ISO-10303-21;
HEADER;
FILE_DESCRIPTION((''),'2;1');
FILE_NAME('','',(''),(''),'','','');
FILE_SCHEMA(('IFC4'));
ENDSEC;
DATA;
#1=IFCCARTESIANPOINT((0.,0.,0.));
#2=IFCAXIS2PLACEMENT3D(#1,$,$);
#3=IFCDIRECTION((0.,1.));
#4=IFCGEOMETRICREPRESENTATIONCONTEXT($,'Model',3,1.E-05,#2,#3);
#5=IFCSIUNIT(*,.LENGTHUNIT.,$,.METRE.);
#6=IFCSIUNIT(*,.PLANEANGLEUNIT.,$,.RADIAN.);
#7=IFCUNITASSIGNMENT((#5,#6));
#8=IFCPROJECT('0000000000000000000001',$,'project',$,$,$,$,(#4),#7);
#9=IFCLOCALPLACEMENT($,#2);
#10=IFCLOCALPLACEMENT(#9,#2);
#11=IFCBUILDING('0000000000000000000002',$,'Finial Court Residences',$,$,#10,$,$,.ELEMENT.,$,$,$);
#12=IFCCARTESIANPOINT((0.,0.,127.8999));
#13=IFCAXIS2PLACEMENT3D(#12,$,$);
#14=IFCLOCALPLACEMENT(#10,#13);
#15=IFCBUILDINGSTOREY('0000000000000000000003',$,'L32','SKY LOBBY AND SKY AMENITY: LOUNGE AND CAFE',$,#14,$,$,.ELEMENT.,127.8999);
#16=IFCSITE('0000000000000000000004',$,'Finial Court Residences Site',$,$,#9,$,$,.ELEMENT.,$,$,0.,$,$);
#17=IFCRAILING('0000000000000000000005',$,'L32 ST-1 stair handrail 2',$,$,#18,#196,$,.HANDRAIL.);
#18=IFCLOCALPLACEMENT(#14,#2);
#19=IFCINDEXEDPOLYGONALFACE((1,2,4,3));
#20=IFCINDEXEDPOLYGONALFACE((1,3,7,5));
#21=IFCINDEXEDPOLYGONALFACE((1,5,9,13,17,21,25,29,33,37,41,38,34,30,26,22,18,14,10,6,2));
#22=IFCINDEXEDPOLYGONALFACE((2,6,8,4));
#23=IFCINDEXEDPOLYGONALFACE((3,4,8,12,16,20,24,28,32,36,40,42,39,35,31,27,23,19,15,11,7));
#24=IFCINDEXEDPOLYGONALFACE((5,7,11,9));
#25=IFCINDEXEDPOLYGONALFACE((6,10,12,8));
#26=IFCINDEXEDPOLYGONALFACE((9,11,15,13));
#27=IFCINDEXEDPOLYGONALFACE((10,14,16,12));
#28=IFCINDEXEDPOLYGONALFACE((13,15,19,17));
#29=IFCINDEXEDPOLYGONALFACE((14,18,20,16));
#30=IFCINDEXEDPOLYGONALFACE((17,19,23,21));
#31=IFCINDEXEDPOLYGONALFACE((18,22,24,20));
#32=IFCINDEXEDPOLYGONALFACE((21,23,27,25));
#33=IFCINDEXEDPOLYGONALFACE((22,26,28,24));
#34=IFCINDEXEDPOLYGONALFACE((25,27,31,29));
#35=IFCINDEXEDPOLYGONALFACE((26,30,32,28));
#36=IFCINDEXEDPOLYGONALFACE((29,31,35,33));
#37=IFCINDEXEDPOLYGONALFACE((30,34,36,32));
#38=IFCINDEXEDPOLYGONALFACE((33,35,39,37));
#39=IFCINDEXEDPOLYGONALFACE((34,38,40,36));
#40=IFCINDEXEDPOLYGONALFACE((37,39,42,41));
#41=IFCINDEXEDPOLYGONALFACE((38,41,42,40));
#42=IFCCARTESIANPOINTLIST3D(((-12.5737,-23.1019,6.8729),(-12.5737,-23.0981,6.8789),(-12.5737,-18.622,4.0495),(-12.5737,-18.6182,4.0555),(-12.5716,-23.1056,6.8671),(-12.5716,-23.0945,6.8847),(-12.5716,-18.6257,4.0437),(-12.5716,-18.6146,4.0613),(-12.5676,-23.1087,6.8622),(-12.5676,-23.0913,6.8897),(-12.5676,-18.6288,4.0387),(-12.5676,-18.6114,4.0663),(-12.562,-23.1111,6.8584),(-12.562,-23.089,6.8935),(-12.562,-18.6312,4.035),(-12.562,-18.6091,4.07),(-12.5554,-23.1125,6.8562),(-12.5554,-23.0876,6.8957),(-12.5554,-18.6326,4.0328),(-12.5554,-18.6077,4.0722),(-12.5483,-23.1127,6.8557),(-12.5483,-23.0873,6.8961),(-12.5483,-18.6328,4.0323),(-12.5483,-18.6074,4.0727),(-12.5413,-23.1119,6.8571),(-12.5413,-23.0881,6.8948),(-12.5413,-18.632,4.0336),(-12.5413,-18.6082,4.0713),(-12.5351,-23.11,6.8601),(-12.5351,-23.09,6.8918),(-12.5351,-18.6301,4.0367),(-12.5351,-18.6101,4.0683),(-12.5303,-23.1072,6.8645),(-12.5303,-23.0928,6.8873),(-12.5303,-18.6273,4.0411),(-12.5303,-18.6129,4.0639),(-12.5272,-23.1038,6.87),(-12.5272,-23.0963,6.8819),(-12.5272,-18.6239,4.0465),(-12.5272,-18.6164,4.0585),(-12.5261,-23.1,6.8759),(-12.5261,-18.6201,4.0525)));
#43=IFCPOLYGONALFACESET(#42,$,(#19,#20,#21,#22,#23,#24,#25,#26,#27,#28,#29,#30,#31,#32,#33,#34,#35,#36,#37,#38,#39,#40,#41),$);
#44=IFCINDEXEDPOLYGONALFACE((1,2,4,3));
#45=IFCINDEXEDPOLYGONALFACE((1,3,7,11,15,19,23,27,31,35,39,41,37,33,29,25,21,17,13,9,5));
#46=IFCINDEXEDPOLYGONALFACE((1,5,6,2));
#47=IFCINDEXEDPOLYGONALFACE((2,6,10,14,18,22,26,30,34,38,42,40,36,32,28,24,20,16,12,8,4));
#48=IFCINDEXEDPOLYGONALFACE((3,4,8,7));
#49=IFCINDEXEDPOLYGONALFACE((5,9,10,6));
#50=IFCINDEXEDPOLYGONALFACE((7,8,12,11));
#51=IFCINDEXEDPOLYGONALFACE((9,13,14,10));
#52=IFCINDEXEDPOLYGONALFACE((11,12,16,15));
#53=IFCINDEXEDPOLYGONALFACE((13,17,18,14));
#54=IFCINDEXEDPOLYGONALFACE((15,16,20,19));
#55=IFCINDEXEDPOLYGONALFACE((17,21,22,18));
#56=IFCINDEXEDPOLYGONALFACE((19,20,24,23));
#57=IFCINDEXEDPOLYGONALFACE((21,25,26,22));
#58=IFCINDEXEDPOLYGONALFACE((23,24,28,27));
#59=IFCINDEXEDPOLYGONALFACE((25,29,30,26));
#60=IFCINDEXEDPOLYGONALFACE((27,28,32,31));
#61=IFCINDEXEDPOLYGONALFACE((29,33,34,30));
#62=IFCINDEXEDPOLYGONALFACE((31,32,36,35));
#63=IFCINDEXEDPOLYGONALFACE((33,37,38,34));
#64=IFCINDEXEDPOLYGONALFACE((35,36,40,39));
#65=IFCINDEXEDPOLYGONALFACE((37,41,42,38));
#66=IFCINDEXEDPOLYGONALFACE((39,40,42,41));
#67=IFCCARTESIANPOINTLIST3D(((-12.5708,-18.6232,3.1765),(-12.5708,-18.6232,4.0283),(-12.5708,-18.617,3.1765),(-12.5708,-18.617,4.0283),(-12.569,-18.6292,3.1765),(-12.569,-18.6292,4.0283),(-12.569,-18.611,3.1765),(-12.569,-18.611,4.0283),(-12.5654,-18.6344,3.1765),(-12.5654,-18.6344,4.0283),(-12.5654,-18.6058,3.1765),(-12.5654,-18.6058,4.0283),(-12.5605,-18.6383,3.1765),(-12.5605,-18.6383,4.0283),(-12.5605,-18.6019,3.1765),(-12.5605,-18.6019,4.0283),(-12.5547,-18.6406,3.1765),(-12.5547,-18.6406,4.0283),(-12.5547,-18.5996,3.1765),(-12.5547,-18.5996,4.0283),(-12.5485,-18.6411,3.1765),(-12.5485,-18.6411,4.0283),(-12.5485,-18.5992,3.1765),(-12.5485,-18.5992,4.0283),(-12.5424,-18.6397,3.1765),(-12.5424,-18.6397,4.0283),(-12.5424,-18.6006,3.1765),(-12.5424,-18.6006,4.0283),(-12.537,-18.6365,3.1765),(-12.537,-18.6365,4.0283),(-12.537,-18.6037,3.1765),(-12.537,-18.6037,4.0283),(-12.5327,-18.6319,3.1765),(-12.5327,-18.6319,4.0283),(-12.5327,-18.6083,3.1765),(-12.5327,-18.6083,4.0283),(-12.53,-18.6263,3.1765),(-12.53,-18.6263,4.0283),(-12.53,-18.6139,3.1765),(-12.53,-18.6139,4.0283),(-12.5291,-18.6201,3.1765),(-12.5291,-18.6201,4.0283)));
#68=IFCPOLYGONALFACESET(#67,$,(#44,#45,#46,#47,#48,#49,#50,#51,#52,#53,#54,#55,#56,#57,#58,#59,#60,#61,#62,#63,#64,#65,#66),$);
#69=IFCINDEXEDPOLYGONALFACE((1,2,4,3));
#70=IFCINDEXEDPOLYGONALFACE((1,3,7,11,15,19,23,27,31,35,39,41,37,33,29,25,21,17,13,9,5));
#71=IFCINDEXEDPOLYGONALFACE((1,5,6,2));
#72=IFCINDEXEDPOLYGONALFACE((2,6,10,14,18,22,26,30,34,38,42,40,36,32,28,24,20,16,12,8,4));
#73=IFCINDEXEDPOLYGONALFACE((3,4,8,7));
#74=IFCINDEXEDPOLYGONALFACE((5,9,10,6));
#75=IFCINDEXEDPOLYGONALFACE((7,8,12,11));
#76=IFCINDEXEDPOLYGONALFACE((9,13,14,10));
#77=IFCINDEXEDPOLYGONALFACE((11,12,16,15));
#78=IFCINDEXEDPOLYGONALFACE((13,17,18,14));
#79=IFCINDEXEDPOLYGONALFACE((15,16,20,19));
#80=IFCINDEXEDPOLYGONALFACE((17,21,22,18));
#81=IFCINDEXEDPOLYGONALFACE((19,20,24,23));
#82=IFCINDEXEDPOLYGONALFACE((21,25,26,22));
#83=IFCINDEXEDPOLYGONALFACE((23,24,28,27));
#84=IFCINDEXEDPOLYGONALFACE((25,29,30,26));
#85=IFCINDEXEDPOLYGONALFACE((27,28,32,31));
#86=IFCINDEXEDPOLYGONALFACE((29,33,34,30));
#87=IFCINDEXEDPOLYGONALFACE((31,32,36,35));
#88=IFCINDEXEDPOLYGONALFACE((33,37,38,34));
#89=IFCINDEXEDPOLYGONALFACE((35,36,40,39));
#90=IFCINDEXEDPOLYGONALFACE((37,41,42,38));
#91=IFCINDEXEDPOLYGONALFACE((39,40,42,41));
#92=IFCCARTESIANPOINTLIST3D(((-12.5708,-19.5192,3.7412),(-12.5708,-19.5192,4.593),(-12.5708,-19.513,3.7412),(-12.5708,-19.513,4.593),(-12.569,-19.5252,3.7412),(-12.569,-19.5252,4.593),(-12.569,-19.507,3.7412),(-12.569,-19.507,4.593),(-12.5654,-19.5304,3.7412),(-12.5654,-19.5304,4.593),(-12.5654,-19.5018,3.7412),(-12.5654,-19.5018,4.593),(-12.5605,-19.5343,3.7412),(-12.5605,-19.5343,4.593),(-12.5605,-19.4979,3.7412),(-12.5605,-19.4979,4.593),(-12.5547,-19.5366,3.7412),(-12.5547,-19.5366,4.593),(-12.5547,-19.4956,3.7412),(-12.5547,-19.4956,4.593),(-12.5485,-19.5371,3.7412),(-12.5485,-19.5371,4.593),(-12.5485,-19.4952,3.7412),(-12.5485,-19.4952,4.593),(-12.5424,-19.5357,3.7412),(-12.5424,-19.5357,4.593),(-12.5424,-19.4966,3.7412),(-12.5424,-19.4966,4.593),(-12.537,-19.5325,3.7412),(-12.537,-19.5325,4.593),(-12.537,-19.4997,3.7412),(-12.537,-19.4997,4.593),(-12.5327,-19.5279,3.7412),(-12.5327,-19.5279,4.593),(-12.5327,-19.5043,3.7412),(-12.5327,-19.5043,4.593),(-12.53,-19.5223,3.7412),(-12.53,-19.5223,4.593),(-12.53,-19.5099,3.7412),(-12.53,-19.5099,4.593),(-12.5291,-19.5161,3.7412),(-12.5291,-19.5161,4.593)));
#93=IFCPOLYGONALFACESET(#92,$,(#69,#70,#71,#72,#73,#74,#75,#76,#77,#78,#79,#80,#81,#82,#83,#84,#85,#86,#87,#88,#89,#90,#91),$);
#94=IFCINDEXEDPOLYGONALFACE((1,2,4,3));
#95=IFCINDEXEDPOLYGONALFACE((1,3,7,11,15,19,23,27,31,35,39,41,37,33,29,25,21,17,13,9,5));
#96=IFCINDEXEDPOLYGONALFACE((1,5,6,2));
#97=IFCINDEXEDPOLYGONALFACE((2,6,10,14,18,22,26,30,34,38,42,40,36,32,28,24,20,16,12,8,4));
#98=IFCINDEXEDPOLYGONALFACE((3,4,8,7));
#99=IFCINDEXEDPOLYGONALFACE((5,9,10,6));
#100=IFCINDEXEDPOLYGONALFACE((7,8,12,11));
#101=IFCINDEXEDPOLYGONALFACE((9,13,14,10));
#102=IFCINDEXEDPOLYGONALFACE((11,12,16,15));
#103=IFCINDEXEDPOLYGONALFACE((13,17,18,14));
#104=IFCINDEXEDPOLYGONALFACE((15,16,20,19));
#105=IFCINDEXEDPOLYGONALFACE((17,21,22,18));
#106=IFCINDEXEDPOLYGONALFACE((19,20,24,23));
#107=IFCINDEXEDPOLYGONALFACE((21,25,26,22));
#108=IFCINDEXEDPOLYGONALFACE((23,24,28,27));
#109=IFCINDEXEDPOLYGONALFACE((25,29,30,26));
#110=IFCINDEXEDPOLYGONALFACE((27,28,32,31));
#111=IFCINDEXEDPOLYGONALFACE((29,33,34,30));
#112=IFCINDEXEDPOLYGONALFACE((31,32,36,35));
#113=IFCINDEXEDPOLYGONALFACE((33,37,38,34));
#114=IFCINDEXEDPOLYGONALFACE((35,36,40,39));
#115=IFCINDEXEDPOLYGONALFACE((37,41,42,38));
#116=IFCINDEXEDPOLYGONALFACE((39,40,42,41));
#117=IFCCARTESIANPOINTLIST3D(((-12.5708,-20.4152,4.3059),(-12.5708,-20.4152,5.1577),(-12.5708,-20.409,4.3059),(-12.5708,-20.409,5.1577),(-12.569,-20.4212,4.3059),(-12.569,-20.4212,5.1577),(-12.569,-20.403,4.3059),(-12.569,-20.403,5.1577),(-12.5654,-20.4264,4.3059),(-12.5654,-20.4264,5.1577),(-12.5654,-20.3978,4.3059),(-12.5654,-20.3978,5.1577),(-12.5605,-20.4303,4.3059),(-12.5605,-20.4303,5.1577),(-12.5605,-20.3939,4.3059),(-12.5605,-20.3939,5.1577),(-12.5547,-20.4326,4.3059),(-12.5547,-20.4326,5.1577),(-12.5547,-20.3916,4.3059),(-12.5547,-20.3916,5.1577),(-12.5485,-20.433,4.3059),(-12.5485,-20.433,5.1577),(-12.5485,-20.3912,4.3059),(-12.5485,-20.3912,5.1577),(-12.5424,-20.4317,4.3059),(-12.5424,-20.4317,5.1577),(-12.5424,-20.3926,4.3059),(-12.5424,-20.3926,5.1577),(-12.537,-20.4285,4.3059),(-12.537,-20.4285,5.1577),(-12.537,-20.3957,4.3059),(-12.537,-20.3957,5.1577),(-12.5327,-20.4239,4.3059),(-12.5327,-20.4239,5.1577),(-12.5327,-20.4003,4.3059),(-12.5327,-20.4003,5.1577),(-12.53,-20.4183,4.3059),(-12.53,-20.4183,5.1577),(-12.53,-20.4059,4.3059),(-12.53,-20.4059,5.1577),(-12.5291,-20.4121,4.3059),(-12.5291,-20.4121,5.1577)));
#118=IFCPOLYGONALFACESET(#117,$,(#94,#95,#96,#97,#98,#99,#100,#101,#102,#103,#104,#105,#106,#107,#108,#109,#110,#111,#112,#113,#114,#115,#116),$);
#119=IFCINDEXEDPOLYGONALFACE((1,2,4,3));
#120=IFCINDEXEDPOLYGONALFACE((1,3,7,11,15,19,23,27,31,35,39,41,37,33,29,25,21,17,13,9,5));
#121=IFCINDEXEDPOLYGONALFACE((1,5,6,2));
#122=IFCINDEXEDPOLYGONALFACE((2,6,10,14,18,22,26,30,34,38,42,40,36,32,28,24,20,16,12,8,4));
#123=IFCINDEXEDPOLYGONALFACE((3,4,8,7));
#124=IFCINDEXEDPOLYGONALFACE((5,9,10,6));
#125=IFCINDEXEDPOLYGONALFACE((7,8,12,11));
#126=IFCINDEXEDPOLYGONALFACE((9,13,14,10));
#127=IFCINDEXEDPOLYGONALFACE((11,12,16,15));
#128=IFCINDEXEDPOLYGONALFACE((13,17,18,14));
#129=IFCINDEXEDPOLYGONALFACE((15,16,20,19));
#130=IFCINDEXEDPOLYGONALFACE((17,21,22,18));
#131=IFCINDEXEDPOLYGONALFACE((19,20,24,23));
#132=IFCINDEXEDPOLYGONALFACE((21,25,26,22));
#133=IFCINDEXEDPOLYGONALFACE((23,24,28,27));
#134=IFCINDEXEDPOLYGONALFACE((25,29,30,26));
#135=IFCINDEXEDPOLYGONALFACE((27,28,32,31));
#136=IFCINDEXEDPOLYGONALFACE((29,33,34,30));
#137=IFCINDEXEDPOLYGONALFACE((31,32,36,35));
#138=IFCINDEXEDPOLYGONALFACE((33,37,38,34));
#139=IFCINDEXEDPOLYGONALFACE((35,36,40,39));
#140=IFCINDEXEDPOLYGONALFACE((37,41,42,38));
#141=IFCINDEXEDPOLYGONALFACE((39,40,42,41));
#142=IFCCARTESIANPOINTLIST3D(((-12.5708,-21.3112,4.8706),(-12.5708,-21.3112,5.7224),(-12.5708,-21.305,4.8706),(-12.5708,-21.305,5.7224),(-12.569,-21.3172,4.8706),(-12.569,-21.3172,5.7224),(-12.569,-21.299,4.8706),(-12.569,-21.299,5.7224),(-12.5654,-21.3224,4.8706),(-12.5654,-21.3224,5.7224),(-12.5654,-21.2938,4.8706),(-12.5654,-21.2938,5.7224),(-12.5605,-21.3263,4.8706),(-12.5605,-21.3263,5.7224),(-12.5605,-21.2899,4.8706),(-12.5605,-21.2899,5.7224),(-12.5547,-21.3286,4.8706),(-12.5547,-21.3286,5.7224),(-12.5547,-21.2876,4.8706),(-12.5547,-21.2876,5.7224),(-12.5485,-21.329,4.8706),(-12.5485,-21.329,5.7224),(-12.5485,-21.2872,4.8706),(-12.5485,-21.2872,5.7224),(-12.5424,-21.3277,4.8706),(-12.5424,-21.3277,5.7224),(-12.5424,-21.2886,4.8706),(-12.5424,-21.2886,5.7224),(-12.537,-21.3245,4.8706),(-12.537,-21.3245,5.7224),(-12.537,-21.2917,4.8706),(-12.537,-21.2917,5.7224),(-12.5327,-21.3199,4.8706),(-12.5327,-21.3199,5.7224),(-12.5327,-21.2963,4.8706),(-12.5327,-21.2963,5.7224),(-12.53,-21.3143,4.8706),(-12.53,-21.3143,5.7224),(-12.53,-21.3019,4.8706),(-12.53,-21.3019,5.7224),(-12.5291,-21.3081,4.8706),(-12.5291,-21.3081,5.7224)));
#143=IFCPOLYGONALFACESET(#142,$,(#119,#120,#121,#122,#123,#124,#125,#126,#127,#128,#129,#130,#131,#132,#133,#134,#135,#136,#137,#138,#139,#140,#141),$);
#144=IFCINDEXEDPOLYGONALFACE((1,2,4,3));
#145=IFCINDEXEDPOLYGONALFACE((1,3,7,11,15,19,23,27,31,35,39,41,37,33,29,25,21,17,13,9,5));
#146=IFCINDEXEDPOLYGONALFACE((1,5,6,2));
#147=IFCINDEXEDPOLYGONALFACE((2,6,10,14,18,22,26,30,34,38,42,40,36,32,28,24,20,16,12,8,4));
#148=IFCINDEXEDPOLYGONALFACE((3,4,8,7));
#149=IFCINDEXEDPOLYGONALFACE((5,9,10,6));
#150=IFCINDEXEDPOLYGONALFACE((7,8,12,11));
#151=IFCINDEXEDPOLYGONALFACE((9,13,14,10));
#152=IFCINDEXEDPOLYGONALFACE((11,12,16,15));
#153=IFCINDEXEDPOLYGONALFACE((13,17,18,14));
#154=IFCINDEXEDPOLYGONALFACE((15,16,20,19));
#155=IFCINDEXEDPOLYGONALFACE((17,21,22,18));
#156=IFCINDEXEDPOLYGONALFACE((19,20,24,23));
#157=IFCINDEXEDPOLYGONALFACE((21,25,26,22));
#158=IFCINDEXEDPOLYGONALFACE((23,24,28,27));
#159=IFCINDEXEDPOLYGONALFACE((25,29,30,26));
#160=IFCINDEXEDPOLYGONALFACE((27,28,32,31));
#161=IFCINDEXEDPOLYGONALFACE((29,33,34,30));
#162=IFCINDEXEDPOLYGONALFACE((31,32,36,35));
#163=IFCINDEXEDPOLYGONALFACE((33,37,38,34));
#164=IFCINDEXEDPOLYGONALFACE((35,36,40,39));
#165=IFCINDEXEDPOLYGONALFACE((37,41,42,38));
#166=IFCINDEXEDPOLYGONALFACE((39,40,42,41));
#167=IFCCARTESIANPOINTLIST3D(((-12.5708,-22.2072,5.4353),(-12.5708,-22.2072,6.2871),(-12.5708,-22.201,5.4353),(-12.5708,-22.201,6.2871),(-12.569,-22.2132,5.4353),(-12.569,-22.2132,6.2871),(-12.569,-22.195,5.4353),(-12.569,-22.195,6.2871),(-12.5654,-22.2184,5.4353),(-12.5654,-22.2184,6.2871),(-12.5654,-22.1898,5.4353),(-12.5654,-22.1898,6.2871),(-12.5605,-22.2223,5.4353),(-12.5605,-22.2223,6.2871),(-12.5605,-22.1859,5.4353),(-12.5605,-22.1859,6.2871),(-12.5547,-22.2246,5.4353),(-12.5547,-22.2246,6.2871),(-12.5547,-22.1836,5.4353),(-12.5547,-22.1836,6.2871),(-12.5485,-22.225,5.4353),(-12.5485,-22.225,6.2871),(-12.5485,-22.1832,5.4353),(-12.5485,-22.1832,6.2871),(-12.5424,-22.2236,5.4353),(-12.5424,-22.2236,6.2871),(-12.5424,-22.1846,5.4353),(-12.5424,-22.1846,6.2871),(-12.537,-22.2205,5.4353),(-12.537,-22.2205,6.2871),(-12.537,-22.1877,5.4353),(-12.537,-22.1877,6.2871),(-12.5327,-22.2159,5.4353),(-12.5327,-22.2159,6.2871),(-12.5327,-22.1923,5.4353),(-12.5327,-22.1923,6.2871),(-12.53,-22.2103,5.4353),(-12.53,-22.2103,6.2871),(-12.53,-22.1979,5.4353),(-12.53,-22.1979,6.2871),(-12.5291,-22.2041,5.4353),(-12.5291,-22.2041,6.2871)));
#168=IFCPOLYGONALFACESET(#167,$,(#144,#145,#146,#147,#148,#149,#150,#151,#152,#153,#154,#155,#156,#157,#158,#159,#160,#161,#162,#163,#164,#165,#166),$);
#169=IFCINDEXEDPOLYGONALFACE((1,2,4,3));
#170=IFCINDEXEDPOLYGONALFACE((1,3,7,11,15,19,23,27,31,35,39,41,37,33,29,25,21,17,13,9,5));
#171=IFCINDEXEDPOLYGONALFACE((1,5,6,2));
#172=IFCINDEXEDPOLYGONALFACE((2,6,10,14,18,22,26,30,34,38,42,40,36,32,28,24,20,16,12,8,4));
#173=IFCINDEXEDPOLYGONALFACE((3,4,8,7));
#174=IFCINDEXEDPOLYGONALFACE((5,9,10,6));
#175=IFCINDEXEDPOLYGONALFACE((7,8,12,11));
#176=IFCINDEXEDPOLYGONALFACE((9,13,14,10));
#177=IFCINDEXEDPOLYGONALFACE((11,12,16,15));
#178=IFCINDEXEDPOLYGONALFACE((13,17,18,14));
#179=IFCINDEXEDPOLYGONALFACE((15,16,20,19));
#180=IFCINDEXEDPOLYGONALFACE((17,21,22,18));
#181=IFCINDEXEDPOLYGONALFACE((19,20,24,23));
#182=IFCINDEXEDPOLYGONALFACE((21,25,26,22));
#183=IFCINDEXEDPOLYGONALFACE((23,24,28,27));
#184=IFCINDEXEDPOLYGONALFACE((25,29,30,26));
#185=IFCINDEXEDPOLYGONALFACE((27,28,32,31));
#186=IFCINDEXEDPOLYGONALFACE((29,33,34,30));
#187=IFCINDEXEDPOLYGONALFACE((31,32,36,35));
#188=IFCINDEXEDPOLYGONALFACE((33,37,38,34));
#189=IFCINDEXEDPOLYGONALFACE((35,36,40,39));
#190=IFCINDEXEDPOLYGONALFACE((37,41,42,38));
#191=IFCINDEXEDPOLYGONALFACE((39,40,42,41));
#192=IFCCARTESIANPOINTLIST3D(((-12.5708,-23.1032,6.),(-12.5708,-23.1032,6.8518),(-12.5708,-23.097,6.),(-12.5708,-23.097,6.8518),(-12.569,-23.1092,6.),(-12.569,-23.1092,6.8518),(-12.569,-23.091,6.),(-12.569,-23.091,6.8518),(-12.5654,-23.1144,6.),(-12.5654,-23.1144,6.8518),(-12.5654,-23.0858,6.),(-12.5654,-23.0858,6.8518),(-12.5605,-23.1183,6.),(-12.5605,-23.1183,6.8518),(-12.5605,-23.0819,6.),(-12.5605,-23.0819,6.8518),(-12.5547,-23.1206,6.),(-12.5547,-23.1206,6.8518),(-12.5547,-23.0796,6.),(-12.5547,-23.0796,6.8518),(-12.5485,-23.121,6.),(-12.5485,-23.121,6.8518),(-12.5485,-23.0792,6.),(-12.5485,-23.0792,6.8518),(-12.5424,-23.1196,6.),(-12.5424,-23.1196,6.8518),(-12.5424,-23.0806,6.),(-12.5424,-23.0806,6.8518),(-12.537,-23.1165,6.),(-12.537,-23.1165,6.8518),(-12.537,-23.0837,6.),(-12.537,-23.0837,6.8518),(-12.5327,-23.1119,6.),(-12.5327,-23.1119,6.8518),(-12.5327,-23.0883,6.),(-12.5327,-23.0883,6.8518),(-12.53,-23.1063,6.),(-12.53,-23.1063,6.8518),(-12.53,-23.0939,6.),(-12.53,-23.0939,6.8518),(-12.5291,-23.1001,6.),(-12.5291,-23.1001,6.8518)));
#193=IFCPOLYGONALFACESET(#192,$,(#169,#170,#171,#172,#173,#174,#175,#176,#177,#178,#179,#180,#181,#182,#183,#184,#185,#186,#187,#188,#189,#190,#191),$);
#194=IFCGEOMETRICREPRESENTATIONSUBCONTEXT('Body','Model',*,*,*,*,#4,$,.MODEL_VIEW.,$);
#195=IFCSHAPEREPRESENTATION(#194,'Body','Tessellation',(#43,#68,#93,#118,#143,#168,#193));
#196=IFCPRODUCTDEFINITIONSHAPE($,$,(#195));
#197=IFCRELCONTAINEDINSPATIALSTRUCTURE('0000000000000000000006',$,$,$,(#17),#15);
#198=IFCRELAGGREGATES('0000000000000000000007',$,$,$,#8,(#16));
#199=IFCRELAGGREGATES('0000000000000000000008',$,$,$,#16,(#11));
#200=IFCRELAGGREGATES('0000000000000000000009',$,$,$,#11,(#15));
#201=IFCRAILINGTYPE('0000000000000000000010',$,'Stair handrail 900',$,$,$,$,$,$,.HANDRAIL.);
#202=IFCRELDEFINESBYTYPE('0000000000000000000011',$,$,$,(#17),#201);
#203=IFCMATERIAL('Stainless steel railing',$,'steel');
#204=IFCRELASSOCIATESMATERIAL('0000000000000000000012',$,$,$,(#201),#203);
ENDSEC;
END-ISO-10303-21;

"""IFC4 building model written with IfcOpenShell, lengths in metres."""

from ifc_helpers import new_model, si_unit, direction, frame, origin, origin_2d, place, context, subcontext, project, spatial, circle, extrude, material, type_object, element, save


model = new_model("IFC4")

# Units and contexts
model_context = context("Model", 3, precision=1e-05, world=origin(), true_north=direction((0.0, 1.0)))
body_context = subcontext(model_context, "Body", "Model", "MODEL_VIEW")
ifc_project = project(units=[si_unit("LENGTHUNIT", "METRE"), si_unit("PLANEANGLEUNIT", "RADIAN")], contexts=[model_context])

# Site, building, storey
site_placement = place(None, origin())
site = spatial("IfcSite", under=ifc_project, at=site_placement, Name="Finial Court Residences Site", CompositionType="ELEMENT", RefElevation=0.0)
building_placement = place(site_placement, origin())
building = spatial("IfcBuilding", under=site, at=building_placement, Name="Finial Court Residences", CompositionType="ELEMENT")
storey_placement = place(building_placement, frame((0.0, 0.0, 127.8999)))
storey = spatial("IfcBuildingStorey", under=building, at=storey_placement, Name="L32", Description="SKY LOBBY AND SKY AMENITY: LOUNGE AND CAFE", CompositionType="ELEMENT", Elevation=127.8999)

# Railing
ifc_material_1 = material(Name="Stainless steel railing", Category="steel")
railing_type = type_object("IfcRailingType", Name="Stair handrail 900", PredefinedType="HANDRAIL", material=ifc_material_1)
railing_placement = place(storey_placement, frame((-12.55, -18.6201, 3.1765)))
element("IfcRailing", 1, at=railing_placement, inside=storey, type_object=railing_type, Name="L32 ST-1 stair handrail 2", PredefinedType="HANDRAIL", context=body_context, shape_type="SweptSolid", body=[
    extrude(circle(Radius=0.0239, at=origin_2d()), frame((0.0, 0.0, 0.876), z_axis=(0.0, -0.845998, 0.533186), x_axis=(1.0, 0.0, 0.0)), (0.0, 0.0, 1.0), 5.2954),
    extrude(circle(Radius=0.021, at=origin_2d()), origin(), (0.0, 0.0, 1.0), 0.8518),
    extrude(circle(Radius=0.021, at=origin_2d()), frame((0.0, -0.896, 0.5647)), (0.0, 0.0, 1.0), 0.8518),
    extrude(circle(Radius=0.021, at=origin_2d()), frame((0.0, -1.792, 1.1294)), (0.0, 0.0, 1.0), 0.8518),
    extrude(circle(Radius=0.021, at=origin_2d()), frame((0.0, -2.688, 1.6941)), (0.0, 0.0, 1.0), 0.8518),
    extrude(circle(Radius=0.021, at=origin_2d()), frame((0.0, -3.584, 2.2588)), (0.0, 0.0, 1.0), 0.8518),
    extrude(circle(Radius=0.021, at=origin_2d()), frame((0.0, -4.48, 2.8235)), (0.0, 0.0, 1.0), 0.8518),
])

save(model, "model.ifc")
